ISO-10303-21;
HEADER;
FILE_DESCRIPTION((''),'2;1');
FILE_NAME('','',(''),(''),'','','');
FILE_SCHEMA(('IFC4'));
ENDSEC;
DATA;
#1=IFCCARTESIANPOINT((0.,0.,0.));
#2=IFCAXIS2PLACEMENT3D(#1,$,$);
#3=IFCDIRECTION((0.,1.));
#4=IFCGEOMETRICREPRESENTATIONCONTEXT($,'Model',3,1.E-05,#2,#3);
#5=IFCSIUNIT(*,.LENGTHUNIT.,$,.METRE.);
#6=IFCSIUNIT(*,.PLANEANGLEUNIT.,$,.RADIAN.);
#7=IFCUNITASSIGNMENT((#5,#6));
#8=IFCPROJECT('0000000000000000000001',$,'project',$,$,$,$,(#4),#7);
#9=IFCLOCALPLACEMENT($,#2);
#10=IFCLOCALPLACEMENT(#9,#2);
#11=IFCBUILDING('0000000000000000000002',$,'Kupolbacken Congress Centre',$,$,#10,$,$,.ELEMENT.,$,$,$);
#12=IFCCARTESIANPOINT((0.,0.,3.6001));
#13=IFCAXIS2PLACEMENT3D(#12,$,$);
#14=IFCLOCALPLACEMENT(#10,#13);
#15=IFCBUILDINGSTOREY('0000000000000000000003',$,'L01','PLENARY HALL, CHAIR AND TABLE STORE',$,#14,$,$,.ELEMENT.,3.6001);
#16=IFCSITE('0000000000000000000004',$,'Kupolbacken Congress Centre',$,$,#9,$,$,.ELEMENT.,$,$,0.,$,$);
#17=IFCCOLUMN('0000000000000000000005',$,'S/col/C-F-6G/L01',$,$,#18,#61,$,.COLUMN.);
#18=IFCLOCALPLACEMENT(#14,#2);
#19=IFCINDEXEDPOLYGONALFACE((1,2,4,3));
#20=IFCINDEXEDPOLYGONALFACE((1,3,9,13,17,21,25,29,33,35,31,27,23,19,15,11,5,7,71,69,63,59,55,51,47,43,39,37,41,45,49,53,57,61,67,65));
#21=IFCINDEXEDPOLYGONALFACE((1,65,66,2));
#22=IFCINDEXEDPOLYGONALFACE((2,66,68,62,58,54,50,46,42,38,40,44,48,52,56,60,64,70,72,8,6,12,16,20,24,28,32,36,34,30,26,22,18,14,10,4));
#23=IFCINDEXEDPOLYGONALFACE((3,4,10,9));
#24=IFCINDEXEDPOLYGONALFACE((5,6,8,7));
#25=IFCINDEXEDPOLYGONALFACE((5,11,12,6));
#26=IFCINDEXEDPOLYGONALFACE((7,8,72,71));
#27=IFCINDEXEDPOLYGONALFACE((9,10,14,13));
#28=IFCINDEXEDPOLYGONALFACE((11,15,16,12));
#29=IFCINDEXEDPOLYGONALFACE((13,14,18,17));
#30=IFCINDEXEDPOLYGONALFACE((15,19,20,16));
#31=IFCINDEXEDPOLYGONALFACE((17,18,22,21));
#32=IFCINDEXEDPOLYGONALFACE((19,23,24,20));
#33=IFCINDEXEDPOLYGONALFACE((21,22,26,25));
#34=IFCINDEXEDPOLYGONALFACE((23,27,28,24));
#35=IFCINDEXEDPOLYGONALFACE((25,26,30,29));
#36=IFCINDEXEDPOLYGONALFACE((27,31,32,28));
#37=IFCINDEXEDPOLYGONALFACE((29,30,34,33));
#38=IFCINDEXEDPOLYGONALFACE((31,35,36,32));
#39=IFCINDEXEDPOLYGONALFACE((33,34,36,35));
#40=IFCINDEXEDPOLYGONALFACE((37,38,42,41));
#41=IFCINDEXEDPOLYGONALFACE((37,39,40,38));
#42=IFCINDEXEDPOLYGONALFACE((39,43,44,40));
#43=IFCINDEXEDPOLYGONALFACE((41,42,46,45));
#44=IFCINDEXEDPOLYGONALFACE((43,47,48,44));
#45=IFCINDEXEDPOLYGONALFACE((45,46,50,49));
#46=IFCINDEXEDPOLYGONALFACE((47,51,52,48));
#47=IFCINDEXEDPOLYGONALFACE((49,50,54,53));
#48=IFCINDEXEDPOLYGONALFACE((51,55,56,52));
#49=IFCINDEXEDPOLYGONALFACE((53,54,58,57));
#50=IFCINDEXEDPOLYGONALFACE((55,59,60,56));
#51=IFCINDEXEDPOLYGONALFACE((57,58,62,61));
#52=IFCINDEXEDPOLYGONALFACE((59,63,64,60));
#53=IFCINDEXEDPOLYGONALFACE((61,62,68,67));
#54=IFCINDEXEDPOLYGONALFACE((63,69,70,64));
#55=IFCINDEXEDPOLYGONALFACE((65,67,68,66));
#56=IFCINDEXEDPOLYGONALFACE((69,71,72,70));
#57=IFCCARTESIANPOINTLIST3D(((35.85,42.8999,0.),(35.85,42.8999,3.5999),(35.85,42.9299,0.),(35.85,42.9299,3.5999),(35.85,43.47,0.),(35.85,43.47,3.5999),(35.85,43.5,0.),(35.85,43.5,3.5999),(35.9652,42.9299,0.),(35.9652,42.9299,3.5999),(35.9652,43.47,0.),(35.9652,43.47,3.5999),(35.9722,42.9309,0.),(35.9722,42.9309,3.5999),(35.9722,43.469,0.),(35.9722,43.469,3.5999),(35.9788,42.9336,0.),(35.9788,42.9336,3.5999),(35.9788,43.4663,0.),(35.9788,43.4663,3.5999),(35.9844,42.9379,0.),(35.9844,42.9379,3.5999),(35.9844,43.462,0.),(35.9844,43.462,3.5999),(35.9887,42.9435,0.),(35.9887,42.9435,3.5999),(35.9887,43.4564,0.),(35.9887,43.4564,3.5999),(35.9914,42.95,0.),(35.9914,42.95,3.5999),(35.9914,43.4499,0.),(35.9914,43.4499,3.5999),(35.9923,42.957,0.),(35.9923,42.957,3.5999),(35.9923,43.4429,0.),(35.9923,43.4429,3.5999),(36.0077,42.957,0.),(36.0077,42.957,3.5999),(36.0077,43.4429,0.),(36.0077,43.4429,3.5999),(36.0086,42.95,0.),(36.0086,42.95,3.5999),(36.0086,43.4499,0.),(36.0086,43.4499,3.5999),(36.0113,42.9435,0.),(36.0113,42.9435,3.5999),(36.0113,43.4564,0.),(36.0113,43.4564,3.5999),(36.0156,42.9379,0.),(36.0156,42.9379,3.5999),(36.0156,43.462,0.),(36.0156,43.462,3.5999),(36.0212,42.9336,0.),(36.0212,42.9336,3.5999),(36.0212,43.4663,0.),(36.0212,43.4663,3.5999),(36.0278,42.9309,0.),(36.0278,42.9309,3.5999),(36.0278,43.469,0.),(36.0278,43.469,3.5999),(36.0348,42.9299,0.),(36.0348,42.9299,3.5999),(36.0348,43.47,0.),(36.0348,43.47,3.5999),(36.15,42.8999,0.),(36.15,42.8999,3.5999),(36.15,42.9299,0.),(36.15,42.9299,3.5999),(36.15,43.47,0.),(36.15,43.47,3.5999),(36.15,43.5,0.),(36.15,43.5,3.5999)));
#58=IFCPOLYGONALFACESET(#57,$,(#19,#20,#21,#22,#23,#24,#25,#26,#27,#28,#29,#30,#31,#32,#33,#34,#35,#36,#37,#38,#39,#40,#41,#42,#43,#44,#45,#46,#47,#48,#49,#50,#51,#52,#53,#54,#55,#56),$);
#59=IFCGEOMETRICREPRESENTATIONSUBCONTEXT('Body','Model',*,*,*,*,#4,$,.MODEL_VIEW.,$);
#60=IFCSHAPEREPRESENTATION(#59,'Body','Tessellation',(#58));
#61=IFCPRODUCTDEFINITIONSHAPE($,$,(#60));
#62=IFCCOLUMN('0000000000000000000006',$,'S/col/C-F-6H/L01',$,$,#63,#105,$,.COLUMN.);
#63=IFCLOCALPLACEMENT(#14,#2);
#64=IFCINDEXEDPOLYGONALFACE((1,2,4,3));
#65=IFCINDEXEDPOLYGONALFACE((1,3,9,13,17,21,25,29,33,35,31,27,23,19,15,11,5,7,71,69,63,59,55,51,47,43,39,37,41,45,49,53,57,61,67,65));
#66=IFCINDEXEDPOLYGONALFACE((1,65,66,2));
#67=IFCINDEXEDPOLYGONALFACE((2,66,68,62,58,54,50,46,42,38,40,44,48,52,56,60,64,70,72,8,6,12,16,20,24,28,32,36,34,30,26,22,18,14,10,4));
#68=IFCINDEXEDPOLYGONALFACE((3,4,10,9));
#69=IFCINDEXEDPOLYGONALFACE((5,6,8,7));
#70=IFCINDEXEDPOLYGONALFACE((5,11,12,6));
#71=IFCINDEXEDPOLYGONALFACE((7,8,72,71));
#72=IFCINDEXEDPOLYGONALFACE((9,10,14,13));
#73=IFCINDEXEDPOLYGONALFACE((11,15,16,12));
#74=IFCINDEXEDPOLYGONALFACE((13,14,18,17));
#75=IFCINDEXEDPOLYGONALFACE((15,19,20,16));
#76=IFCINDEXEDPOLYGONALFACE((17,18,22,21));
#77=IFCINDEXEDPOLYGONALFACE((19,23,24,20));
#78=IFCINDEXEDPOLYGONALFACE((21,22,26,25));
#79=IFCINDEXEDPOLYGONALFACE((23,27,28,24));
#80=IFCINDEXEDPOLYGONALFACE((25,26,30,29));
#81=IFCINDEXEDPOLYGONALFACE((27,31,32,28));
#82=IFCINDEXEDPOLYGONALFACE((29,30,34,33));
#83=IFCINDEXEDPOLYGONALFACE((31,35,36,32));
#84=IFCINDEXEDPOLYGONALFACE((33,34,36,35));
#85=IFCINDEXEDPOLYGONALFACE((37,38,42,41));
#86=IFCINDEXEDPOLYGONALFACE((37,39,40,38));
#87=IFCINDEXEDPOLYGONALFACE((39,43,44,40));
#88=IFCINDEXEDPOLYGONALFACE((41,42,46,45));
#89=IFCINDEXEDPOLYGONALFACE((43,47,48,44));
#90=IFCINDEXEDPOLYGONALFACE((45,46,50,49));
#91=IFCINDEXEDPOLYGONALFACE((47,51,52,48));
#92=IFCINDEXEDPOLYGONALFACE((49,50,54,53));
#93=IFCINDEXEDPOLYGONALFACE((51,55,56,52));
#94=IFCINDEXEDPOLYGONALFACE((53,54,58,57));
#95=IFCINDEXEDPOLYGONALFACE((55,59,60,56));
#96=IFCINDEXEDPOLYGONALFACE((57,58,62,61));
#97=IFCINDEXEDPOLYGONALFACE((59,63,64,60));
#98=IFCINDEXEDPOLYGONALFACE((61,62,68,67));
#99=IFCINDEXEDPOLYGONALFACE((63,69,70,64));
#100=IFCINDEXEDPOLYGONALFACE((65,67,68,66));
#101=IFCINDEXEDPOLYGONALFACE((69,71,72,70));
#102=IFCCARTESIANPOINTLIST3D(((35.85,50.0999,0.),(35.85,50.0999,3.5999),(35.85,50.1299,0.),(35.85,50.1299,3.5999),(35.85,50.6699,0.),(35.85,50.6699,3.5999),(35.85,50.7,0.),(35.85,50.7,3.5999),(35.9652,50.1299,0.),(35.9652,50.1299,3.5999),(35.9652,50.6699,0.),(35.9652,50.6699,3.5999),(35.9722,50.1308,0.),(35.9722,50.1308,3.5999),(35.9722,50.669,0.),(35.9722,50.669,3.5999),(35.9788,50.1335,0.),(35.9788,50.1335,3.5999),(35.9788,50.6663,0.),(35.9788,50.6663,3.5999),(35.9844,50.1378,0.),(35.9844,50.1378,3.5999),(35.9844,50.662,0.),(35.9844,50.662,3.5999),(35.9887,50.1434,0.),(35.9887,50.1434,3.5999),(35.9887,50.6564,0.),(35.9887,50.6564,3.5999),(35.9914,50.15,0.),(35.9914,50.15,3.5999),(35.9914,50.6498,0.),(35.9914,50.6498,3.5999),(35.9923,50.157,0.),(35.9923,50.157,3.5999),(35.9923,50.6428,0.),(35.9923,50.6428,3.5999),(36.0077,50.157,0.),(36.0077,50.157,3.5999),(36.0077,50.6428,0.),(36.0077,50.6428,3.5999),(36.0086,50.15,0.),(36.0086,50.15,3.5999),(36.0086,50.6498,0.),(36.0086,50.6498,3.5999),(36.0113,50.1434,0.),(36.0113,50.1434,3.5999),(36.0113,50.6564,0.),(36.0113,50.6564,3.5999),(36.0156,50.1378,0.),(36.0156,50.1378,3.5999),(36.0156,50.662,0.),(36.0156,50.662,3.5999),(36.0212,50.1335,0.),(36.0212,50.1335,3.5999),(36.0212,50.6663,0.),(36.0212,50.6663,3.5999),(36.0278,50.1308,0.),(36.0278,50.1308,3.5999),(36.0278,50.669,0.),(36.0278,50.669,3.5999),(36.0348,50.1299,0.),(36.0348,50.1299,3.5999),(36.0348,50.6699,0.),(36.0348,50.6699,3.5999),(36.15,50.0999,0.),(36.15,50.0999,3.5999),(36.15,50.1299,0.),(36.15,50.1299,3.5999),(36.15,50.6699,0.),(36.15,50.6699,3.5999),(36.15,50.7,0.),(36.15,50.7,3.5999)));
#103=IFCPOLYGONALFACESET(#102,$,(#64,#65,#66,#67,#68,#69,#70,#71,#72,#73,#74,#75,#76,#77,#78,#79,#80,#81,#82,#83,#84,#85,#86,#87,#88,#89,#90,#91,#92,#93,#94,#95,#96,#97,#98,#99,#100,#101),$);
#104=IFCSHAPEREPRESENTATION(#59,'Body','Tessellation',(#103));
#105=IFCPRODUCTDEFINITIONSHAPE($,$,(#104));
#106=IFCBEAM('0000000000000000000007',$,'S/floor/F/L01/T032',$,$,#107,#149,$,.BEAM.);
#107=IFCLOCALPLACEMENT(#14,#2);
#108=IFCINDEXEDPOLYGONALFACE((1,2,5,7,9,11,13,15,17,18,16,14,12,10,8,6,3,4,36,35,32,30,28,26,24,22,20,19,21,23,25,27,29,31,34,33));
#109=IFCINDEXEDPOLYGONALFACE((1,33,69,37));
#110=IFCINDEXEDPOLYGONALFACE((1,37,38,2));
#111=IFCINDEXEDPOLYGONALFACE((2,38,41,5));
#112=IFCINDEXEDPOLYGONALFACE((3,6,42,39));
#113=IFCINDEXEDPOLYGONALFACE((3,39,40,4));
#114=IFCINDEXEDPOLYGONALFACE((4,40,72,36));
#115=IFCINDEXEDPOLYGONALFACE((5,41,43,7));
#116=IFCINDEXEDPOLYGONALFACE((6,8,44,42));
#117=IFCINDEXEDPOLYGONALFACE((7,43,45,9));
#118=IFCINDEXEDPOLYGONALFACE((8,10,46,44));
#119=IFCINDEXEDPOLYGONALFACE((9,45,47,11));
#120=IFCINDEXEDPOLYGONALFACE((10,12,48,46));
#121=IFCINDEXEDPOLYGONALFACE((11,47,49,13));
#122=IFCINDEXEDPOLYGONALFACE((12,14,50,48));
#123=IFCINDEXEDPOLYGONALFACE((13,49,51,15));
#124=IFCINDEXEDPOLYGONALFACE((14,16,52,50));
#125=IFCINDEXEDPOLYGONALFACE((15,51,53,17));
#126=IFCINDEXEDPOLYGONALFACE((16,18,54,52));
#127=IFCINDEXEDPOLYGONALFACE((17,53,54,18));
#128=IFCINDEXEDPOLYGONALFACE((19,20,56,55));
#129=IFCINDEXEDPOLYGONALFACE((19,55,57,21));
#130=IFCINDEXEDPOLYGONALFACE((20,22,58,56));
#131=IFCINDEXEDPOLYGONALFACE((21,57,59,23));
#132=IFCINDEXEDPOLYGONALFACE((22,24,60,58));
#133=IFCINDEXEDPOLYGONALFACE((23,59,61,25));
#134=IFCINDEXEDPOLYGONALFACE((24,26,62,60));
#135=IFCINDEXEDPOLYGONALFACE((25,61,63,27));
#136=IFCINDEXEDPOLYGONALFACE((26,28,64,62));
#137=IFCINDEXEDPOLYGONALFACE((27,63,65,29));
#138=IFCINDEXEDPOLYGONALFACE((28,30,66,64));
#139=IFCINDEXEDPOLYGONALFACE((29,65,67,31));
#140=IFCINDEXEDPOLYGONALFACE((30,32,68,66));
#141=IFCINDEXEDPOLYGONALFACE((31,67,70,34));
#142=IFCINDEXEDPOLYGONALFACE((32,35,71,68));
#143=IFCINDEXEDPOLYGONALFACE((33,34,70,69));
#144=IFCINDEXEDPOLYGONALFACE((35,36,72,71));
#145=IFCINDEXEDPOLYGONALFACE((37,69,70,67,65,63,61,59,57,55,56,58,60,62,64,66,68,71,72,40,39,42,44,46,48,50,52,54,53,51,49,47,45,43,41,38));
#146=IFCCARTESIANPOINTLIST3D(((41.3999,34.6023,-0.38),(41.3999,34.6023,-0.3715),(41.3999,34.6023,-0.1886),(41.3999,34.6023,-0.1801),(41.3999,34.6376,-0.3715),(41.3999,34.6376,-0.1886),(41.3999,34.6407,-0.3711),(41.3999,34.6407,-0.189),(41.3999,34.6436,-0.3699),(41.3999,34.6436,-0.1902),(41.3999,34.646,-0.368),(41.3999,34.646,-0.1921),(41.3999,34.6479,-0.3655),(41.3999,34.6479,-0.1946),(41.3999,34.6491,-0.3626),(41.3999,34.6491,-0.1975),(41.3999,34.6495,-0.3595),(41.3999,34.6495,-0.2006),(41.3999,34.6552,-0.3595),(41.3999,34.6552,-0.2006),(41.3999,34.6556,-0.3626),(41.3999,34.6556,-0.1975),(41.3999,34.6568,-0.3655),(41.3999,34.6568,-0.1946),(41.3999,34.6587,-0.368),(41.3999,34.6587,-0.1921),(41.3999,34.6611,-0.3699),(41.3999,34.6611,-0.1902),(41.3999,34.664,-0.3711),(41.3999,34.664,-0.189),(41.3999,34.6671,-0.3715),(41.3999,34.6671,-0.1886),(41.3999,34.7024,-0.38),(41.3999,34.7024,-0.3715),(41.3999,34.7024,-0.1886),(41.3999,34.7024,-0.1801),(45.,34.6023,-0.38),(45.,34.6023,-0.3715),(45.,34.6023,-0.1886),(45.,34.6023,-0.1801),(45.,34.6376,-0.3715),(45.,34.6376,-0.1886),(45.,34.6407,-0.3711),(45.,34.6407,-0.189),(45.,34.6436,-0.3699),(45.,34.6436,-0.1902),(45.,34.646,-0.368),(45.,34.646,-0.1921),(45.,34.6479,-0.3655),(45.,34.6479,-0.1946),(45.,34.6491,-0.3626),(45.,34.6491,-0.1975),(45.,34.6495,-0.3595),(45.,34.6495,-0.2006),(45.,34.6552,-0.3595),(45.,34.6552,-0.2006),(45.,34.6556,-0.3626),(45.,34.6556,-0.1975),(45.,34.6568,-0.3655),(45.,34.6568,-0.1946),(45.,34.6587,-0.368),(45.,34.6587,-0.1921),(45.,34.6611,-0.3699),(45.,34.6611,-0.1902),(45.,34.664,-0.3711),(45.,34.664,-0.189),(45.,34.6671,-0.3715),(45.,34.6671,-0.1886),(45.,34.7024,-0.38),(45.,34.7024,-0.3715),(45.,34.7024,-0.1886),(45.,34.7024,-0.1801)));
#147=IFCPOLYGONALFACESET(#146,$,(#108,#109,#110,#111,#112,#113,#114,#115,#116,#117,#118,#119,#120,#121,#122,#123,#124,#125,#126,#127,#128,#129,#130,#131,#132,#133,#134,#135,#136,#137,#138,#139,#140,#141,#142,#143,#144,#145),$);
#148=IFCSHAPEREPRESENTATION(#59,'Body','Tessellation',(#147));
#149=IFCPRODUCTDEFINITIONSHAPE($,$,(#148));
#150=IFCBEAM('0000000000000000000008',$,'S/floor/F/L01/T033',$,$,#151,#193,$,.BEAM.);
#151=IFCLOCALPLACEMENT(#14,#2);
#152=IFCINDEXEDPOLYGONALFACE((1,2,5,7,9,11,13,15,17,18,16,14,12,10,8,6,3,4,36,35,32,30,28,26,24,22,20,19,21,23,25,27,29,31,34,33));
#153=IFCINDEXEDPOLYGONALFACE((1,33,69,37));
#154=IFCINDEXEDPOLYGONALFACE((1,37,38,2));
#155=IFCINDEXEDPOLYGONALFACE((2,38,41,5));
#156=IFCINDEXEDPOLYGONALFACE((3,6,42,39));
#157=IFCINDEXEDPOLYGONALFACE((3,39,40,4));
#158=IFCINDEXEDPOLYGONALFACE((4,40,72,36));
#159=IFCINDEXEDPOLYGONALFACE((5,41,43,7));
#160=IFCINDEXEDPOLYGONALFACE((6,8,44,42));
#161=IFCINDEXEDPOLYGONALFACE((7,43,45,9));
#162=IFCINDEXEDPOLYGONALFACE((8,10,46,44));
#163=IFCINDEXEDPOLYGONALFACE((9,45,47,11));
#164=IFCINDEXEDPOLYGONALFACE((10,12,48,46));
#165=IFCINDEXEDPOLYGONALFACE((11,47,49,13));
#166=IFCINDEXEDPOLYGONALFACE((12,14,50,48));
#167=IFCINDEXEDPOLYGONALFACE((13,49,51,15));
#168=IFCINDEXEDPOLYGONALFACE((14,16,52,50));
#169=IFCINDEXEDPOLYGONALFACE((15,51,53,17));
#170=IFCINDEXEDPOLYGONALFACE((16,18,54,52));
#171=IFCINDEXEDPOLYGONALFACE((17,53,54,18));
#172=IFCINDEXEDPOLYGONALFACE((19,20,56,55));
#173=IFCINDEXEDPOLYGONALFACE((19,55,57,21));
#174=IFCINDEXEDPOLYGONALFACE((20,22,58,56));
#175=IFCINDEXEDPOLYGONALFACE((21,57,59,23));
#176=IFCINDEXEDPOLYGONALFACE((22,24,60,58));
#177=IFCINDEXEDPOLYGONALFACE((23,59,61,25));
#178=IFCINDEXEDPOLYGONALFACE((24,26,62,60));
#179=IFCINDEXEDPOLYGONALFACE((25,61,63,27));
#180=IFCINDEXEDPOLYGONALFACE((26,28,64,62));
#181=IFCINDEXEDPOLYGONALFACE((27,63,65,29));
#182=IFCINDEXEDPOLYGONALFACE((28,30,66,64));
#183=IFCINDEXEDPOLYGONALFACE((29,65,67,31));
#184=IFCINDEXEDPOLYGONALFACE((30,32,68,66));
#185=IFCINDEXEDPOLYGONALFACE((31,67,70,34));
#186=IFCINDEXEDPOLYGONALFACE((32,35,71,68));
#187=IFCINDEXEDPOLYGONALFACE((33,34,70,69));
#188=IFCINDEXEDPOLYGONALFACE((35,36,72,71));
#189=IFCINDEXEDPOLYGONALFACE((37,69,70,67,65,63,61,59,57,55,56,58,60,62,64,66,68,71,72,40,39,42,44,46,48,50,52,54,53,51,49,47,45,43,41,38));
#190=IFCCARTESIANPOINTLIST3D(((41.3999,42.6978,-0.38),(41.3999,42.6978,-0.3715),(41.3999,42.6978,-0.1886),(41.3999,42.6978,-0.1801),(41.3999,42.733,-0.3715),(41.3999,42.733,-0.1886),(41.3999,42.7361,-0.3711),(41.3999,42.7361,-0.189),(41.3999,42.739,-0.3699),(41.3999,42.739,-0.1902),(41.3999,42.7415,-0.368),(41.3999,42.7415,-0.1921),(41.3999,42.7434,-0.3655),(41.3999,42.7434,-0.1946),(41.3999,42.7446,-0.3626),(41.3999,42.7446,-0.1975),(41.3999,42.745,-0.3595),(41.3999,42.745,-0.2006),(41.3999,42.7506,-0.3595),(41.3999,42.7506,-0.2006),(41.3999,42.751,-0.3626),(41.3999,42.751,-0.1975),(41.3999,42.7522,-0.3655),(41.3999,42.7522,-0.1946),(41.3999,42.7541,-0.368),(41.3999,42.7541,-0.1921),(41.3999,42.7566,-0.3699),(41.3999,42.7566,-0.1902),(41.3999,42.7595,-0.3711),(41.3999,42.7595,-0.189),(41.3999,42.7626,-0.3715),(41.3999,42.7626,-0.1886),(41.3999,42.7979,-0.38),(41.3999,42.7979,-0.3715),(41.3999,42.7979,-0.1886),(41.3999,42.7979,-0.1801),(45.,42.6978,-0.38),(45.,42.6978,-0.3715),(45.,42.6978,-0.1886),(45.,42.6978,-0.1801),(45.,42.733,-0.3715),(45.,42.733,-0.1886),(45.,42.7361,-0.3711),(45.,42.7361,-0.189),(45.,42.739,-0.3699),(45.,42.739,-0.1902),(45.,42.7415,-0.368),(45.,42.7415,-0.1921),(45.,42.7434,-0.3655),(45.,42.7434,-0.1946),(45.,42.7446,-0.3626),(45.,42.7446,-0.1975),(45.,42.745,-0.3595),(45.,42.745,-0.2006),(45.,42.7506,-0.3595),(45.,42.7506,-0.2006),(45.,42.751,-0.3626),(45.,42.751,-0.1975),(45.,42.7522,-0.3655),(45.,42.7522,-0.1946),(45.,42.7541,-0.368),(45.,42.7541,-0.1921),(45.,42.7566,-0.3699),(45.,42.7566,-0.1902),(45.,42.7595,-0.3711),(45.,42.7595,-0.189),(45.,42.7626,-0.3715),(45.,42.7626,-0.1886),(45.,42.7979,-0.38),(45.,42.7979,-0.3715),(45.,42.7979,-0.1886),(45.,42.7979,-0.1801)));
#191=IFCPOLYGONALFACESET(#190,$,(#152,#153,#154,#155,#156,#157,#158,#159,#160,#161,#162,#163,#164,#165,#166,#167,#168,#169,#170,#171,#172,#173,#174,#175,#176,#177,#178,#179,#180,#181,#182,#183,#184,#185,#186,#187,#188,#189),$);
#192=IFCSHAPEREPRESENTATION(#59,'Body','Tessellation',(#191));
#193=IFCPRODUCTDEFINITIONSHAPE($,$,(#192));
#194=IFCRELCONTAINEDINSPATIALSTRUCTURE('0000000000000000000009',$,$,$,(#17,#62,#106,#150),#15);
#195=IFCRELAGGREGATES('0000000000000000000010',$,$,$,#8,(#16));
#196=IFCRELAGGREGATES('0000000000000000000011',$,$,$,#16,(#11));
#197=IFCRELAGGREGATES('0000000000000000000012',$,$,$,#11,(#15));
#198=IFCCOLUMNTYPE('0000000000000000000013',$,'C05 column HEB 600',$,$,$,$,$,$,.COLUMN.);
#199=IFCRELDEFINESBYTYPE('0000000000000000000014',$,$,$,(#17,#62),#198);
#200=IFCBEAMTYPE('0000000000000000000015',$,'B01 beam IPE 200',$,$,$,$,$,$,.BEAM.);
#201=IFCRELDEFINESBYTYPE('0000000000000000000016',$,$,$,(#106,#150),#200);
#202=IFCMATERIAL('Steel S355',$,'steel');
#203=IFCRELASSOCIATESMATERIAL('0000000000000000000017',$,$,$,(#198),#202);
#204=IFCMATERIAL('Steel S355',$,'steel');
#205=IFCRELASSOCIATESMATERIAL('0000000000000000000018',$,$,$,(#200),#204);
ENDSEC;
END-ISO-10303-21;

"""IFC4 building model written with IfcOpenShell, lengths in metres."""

from ifc_helpers import new_model, si_unit, direction, frame, origin, origin_2d, place, context, subcontext, project, spatial, i_section, extrude, material, material_profile, profile_set, type_object, element, save


model = new_model("IFC4")

# Units and contexts
model_context = context("Model", 3, precision=1e-05, world=origin(), true_north=direction((0.0, 1.0)))
body_context = subcontext(model_context, "Body", "Model", "MODEL_VIEW")
ifc_project = project(units=[si_unit("LENGTHUNIT", "METRE"), si_unit("PLANEANGLEUNIT", "RADIAN")], contexts=[model_context])

# Site, building, storey
site_placement = place(None, origin())
site = spatial("IfcSite", under=ifc_project, at=site_placement, Name="Kupolbacken Congress Centre", CompositionType="ELEMENT", RefElevation=0.0)
building_placement = place(site_placement, origin())
building = spatial("IfcBuilding", under=site, at=building_placement, Name="Kupolbacken Congress Centre", CompositionType="ELEMENT")
storey_placement = place(building_placement, frame((0.0, 0.0, 3.6001)))
storey = spatial("IfcBuildingStorey", under=building, at=storey_placement, Name="L01", Description="PLENARY HALL, CHAIR AND TABLE STORE", CompositionType="ELEMENT", Elevation=3.6001)

# Columns
ifc_material_1 = material(Name="Steel S355", Category="steel")
ifc_material_profile_1 = material_profile(ifc_material_1, i_section(OverallWidth=0.3, OverallDepth=0.6001, WebThickness=0.0154, FlangeThickness=0.03, FilletRadius=0.0271, at=origin_2d()), Name="HEB 600")
ifc_profile_set_1 = profile_set([ifc_material_profile_1], Name="Steel S355")
column_type = type_object("IfcColumnType", Name="C05 column HEB 600", PredefinedType="COLUMN", material=ifc_profile_set_1)
for number, where, z_axis, x_axis, name in (
    (1, (36.0, 43.2, 0.0), (0.0, 0.0, 1.0), (1.0, 0.0, 0.0), "S/col/C-F-6G/L01"),
    (2, (36.0, 50.3999, 0.0), (0.0, 0.0, 1.0), (1.0, 0.0, 0.0), "S/col/C-F-6H/L01"),
):
    element("IfcColumn", number, at=place(storey_placement, frame(where, z_axis=z_axis, x_axis=x_axis)), inside=storey, type_object=column_type, Name=name, PredefinedType="COLUMN", context=body_context, shape_type="SweptSolid", body=[
        extrude(i_section(OverallWidth=0.3, OverallDepth=0.6001, WebThickness=0.0154, FlangeThickness=0.03, FilletRadius=0.0271, at=origin_2d()), origin(), (0.0, 0.0, 1.0), 3.5999),
    ])

# Beams
ifc_material_2 = material(Name="Steel S355", Category="steel")
ifc_material_profile_2 = material_profile(ifc_material_2, i_section(OverallWidth=0.1001, OverallDepth=0.2, WebThickness=0.0056, FlangeThickness=0.0085, FilletRadius=0.012, at=origin_2d()), Name="IPE 200")
ifc_profile_set_2 = profile_set([ifc_material_profile_2], Name="Steel S355")
beam_type_1 = type_object("IfcBeamType", Name="B01 beam IPE 200", PredefinedType="BEAM", material=ifc_profile_set_2)
for number, where, z_axis, x_axis, name in (
    (3, (41.3999, 34.6523, -0.28), (1.0, 0.0, 0.0), (0.0, 1.0, 0.0), "S/floor/F/L01/T032"),
    (4, (41.3999, 42.7478, -0.28), (1.0, 0.0, 0.0), (0.0, 1.0, 0.0), "S/floor/F/L01/T033"),
):
    element("IfcBeam", number, at=place(storey_placement, frame(where, z_axis=z_axis, x_axis=x_axis)), inside=storey, type_object=beam_type_1, Name=name, PredefinedType="BEAM", context=body_context, shape_type="SweptSolid", body=[
        extrude(i_section(OverallWidth=0.1001, OverallDepth=0.2, WebThickness=0.0056, FlangeThickness=0.0085, FilletRadius=0.012, at=origin_2d()), origin(), (0.0, 0.0, 1.0), 3.6001),
    ])

save(model, "model.ifc")
